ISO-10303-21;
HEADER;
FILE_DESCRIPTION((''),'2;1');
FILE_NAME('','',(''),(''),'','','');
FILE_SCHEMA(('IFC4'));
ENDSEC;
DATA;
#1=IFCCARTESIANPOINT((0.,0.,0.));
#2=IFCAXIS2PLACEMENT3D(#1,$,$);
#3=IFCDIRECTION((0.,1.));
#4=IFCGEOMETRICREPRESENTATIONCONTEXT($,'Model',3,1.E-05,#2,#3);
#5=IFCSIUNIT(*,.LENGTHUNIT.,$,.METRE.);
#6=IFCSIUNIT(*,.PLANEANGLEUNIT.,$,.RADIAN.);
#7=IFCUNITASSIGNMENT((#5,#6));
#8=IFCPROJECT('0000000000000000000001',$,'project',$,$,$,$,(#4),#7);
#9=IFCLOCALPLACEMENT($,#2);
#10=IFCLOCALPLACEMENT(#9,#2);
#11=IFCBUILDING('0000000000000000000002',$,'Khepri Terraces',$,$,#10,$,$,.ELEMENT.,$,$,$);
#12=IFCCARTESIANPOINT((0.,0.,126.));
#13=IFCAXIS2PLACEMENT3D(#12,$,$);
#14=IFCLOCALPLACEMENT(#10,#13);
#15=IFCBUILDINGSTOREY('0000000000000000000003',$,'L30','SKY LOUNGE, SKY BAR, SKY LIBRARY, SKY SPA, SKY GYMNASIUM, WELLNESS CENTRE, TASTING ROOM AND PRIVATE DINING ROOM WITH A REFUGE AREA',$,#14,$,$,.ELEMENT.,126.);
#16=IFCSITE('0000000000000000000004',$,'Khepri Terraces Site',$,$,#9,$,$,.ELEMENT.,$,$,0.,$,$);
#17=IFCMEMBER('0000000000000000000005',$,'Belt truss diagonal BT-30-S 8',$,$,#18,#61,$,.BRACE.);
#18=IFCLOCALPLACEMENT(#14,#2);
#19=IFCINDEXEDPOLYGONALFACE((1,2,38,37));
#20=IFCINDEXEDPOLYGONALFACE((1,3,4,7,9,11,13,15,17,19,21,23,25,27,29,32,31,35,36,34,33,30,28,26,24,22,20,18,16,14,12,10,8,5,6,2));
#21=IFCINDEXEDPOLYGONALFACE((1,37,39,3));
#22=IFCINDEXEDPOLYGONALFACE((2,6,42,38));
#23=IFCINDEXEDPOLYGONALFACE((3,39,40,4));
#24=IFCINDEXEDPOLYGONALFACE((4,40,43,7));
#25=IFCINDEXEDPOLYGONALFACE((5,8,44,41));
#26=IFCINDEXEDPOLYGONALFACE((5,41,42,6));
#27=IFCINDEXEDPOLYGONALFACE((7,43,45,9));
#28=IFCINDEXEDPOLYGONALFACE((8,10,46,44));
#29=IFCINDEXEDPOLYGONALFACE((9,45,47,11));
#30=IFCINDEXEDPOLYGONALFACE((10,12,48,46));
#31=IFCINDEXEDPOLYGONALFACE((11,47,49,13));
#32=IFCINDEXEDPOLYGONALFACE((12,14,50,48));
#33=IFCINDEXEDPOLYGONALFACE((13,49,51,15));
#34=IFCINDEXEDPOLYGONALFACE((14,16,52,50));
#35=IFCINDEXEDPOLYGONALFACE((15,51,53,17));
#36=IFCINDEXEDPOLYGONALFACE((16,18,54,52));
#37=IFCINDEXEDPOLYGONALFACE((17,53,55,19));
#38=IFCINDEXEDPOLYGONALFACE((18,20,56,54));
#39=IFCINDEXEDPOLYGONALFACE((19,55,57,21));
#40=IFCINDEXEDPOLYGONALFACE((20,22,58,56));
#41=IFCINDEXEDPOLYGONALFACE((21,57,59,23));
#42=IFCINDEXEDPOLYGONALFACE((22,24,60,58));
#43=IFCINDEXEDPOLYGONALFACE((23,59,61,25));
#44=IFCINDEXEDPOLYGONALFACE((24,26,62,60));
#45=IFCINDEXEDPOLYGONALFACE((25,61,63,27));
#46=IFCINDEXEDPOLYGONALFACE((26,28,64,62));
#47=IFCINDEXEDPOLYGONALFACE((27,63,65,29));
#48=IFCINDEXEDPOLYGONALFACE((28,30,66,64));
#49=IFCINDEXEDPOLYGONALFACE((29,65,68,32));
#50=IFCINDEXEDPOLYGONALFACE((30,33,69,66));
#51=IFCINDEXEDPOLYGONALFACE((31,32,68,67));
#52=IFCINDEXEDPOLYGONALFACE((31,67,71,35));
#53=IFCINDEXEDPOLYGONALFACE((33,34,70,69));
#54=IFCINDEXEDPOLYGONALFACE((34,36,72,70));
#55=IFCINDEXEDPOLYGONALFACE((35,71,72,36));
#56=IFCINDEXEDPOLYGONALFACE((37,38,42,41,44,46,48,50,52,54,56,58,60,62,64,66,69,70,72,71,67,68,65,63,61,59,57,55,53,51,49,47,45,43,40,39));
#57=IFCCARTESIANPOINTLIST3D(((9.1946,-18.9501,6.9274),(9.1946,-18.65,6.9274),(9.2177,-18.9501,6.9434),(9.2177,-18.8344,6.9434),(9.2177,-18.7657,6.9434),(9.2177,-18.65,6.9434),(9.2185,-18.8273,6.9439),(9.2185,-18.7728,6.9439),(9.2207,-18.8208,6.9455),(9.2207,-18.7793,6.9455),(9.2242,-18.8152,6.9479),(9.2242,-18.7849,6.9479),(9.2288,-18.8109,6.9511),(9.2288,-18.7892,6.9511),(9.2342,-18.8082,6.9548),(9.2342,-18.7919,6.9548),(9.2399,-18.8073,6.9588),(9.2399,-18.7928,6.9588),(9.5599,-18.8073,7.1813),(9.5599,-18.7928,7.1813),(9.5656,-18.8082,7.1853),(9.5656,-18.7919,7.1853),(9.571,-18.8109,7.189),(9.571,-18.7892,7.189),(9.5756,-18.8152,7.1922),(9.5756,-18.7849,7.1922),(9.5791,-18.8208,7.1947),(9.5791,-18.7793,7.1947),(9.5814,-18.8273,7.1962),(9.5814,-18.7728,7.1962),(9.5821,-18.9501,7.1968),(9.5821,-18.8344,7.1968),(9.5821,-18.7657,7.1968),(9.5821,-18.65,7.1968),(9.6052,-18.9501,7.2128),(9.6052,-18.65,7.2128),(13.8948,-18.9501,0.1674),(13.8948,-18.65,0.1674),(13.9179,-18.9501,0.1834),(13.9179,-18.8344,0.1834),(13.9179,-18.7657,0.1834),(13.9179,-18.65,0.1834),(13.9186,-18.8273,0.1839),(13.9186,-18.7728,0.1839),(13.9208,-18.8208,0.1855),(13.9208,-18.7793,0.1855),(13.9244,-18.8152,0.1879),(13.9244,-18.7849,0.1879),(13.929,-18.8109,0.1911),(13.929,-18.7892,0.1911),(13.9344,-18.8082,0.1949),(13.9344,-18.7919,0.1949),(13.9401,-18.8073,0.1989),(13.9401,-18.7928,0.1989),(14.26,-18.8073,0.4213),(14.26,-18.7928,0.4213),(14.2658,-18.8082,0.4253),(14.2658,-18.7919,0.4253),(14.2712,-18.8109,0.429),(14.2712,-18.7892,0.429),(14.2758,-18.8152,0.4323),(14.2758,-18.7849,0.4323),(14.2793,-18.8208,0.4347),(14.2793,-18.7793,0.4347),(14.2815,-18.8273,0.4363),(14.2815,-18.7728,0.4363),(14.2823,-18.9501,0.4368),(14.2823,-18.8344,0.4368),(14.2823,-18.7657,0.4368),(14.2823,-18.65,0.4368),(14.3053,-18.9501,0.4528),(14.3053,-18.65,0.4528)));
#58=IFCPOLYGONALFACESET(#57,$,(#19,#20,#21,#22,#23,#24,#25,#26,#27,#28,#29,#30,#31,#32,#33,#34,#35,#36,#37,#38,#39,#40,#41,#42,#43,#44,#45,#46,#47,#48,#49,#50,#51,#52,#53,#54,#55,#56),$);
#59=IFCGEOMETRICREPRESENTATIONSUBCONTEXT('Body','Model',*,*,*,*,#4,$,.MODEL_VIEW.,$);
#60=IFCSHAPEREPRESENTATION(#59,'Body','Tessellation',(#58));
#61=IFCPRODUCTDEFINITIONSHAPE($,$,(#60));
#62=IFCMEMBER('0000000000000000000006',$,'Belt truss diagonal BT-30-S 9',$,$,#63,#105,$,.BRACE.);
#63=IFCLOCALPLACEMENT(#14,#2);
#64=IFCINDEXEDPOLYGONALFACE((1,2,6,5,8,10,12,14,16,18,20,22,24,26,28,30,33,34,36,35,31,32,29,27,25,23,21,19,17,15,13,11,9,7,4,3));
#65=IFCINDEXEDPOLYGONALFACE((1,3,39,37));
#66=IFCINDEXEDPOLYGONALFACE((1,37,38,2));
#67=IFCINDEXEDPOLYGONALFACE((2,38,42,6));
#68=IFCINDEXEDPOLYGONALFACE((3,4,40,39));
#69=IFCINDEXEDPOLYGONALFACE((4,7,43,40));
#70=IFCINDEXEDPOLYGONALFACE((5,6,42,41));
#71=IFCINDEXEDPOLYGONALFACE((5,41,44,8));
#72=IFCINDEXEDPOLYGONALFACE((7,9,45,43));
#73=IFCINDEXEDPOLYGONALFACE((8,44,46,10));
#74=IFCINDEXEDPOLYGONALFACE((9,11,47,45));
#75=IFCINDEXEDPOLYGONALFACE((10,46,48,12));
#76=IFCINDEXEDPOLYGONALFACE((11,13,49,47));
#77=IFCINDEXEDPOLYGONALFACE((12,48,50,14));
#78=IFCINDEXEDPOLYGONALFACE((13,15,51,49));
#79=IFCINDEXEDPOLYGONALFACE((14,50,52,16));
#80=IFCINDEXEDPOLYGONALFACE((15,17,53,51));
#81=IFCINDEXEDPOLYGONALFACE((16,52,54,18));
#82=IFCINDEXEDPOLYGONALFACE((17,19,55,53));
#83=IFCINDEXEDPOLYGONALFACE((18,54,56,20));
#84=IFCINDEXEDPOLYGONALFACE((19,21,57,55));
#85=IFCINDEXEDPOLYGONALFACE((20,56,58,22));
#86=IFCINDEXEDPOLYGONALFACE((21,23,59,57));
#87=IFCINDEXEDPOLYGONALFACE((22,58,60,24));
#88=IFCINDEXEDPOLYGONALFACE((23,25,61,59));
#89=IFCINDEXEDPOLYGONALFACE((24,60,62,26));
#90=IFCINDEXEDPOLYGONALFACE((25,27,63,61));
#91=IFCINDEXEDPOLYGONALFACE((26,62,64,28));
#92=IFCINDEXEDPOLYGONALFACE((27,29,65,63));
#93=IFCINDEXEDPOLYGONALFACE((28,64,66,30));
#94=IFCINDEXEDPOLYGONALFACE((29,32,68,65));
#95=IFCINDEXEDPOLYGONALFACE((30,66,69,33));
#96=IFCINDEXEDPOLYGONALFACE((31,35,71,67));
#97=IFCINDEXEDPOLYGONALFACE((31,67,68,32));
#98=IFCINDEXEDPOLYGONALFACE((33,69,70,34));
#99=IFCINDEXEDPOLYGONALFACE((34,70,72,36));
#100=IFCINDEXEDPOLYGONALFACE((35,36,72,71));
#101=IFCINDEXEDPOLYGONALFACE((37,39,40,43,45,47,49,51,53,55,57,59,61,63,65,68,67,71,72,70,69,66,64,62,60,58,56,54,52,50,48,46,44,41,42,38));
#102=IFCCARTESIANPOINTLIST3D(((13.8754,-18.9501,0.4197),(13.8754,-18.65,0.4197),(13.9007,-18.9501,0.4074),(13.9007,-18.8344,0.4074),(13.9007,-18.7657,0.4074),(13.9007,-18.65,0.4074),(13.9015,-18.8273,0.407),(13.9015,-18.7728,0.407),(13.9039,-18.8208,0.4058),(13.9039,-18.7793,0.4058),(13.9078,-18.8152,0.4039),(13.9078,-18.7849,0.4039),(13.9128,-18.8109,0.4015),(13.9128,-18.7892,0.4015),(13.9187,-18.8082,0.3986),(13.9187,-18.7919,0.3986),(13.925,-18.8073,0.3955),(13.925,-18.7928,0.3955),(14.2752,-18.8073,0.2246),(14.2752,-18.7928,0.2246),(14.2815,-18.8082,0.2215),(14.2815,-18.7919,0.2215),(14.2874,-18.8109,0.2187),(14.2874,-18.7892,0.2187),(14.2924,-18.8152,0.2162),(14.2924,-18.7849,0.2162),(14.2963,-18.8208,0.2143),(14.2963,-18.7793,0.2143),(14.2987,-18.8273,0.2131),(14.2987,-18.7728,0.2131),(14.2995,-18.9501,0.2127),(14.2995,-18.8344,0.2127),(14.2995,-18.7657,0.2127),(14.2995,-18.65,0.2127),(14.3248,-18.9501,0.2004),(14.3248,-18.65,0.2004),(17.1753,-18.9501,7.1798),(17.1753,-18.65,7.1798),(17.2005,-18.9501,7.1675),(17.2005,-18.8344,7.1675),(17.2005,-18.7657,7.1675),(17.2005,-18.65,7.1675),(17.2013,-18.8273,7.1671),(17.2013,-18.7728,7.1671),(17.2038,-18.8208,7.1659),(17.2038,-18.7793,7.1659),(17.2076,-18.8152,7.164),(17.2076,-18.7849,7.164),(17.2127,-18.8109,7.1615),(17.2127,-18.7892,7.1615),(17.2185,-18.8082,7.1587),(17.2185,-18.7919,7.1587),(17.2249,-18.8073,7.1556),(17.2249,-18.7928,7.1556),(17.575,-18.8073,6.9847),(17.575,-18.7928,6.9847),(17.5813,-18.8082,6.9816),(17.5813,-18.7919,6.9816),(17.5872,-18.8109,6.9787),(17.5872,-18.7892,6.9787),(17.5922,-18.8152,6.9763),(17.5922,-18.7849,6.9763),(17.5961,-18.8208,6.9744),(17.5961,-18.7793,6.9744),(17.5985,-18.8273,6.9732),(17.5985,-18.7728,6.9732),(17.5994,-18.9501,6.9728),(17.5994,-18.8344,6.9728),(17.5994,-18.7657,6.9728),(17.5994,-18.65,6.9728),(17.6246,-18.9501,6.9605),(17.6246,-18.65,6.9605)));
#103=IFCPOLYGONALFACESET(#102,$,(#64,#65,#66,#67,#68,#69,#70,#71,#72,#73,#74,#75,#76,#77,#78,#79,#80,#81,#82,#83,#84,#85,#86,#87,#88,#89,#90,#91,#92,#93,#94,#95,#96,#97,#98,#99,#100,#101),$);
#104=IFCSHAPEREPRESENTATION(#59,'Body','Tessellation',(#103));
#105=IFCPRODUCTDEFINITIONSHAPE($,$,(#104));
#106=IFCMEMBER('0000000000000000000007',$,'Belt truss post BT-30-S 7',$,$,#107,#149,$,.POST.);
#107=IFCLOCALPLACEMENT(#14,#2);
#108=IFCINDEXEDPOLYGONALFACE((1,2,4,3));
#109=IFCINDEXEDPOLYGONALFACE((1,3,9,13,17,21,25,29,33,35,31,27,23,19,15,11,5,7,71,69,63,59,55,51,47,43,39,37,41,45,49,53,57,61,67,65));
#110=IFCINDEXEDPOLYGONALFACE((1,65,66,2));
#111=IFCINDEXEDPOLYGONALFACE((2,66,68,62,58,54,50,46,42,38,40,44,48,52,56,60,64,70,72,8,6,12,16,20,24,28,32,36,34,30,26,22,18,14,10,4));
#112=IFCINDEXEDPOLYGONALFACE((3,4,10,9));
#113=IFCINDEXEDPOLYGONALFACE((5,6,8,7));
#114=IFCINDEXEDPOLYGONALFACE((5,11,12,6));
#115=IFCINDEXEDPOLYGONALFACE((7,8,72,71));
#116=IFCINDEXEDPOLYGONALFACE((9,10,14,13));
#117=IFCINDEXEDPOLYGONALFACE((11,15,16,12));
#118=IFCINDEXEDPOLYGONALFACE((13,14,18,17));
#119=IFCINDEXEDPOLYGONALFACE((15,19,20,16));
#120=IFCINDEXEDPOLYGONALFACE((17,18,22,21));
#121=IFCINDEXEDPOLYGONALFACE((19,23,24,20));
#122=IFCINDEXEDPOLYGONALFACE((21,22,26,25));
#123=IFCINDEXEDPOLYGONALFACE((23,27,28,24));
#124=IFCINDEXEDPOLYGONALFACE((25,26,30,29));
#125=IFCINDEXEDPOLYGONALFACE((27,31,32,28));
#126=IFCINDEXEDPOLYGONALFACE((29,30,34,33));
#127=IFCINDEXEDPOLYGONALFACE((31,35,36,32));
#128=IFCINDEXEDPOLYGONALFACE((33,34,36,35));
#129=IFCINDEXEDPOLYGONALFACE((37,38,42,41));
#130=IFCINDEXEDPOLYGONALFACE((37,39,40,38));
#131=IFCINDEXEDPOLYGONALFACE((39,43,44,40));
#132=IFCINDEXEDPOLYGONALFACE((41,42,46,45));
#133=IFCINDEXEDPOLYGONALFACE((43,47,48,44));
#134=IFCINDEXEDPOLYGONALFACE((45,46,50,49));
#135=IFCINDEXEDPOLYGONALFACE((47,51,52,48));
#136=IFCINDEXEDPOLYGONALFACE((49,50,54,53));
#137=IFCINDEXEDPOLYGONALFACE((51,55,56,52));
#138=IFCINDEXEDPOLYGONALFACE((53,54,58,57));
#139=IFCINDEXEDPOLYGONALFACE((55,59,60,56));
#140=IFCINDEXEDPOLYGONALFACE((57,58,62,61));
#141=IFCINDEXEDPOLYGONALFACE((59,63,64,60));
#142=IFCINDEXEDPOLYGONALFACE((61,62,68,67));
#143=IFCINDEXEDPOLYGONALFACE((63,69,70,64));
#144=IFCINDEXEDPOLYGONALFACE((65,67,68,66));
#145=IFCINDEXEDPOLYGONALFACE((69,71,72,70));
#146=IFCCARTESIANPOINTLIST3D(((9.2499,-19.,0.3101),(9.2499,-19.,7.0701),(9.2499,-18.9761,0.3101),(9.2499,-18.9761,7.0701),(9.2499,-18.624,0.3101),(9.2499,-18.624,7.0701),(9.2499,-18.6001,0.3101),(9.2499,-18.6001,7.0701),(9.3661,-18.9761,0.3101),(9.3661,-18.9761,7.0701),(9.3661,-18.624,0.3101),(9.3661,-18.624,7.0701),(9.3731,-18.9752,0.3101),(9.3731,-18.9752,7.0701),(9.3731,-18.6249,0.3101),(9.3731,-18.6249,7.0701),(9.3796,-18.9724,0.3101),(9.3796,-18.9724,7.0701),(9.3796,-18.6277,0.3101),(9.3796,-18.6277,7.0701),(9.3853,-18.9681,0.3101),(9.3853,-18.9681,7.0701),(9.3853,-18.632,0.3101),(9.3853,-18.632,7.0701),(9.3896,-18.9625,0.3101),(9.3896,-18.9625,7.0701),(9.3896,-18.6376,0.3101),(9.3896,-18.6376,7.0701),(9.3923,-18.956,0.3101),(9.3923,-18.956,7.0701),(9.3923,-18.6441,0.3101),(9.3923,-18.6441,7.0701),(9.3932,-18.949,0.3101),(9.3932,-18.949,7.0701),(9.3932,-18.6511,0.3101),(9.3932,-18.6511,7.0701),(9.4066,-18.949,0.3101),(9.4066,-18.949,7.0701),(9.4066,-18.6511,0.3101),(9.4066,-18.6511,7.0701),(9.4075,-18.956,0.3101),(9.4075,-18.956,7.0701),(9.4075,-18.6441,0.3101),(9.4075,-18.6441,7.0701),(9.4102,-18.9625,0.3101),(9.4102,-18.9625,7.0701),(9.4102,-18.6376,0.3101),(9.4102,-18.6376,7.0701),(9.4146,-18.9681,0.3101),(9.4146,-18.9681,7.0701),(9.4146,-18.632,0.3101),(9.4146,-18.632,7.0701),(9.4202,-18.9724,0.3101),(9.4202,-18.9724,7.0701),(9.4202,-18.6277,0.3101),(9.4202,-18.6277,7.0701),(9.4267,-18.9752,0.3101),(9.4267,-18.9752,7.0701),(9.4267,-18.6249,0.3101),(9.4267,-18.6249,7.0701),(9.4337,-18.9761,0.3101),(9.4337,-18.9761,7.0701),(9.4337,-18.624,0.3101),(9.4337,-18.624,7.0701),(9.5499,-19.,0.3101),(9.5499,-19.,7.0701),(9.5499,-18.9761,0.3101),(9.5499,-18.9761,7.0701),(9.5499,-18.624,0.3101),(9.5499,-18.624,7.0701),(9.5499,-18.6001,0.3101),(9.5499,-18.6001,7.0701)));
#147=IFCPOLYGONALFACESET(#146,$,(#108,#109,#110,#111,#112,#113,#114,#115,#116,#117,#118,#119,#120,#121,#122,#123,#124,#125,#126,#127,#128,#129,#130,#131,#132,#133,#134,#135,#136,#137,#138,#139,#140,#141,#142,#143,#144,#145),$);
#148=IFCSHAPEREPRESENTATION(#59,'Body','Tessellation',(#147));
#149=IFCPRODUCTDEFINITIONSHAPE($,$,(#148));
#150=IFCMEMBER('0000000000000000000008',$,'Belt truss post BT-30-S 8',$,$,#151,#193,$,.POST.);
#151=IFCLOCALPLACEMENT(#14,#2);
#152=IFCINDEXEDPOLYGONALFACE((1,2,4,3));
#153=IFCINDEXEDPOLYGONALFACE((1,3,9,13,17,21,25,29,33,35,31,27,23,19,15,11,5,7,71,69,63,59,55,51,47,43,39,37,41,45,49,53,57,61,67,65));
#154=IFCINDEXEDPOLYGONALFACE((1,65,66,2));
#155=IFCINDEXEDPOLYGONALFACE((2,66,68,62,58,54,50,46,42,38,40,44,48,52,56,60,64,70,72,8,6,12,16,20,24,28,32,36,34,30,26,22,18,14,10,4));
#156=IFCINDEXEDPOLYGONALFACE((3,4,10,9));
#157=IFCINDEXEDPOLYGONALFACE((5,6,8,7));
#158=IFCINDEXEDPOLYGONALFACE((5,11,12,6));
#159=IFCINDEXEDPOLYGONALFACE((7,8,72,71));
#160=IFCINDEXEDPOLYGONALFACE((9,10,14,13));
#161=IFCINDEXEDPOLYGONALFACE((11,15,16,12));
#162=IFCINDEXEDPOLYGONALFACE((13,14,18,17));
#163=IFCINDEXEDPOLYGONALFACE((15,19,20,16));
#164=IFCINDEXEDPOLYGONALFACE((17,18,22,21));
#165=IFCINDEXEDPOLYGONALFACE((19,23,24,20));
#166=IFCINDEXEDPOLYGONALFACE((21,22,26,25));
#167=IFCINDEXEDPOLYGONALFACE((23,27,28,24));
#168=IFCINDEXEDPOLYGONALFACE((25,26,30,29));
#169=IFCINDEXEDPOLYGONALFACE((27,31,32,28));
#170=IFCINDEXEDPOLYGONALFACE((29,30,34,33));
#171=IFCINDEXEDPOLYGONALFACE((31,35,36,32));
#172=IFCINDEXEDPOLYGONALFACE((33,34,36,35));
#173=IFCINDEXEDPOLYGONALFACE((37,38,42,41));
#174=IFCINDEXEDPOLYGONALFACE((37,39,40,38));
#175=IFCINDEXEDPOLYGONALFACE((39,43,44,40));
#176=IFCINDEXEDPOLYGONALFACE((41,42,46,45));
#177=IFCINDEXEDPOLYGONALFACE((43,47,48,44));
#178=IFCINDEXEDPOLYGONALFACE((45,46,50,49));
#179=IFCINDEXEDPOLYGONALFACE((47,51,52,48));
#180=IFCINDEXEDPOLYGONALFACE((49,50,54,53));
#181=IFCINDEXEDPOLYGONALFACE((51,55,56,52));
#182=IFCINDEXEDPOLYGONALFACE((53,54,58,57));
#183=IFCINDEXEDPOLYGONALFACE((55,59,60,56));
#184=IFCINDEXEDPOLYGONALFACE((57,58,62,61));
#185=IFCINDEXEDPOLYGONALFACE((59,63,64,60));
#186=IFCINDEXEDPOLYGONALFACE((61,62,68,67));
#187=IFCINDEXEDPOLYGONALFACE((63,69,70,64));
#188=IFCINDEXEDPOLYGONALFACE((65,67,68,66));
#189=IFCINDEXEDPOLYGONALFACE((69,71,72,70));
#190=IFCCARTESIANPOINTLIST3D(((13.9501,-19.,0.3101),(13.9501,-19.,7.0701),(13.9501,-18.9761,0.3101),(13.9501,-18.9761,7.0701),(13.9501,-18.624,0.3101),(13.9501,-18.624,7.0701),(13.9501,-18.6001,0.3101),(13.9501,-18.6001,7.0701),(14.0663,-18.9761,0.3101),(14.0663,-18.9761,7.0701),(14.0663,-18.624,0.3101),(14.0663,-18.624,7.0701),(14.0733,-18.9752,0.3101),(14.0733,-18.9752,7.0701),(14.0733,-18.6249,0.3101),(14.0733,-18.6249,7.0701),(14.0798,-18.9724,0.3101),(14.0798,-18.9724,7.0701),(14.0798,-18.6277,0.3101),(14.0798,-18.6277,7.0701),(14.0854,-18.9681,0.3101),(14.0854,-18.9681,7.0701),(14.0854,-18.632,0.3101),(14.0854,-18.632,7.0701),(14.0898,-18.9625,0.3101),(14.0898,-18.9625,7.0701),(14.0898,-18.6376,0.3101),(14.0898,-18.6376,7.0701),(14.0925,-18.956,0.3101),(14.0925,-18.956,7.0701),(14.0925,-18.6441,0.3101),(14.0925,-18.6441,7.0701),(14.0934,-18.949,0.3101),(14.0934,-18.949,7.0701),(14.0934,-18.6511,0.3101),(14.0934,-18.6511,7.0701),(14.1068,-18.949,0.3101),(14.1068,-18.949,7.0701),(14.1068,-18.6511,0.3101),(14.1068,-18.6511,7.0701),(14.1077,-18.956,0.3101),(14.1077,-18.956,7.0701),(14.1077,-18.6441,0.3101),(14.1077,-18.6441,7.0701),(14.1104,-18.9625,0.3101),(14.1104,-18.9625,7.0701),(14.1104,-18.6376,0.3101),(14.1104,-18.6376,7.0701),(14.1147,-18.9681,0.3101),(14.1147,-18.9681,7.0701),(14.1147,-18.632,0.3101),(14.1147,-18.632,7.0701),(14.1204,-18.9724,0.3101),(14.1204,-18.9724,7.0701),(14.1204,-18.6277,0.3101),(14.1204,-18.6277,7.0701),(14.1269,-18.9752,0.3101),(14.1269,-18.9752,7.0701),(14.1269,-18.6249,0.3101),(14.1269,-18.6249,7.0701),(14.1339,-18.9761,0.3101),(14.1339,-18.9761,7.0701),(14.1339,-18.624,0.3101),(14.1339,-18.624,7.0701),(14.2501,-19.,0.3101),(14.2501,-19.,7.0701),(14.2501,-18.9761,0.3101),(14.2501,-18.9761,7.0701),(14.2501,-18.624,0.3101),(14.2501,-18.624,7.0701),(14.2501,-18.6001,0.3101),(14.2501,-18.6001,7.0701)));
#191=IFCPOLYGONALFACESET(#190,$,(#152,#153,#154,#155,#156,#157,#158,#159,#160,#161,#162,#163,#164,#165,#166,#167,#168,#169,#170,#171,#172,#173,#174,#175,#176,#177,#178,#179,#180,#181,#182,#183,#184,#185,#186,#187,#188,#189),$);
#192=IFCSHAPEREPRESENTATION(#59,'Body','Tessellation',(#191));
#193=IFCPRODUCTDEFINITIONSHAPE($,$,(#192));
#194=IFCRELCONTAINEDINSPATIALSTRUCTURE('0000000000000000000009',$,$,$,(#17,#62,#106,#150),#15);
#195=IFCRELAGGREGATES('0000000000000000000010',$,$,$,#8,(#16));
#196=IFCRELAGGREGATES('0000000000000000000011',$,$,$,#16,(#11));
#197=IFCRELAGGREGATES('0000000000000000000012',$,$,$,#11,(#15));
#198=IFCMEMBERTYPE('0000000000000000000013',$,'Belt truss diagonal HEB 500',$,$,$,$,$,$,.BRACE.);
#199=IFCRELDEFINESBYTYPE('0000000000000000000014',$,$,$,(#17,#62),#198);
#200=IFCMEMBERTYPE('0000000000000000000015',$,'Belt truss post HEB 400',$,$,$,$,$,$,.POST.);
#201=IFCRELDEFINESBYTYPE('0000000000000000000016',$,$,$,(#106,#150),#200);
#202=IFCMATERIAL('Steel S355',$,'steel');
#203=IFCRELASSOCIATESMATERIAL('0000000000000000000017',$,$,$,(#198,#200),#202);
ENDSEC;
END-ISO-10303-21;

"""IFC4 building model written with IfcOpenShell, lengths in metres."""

from ifc_helpers import new_model, si_unit, direction, frame, origin, origin_2d, place, context, subcontext, project, spatial, i_section, extrude, material, material_profile, profile_set, type_object, element, save


model = new_model("IFC4")

# Units and contexts
model_context = context("Model", 3, precision=1e-05, world=origin(), true_north=direction((0.0, 1.0)))
body_context = subcontext(model_context, "Body", "Model", "MODEL_VIEW")
ifc_project = project(units=[si_unit("LENGTHUNIT", "METRE"), si_unit("PLANEANGLEUNIT", "RADIAN")], contexts=[model_context])

# Site, building, storey
site_placement = place(None, origin())
site = spatial("IfcSite", under=ifc_project, at=site_placement, Name="Khepri Terraces Site", CompositionType="ELEMENT", RefElevation=0.0)
building_placement = place(site_placement, origin())
building = spatial("IfcBuilding", under=site, at=building_placement, Name="Khepri Terraces", CompositionType="ELEMENT")
storey_placement = place(building_placement, frame((0.0, 0.0, 126.0)))
storey = spatial("IfcBuildingStorey", under=building, at=storey_placement, Name="L30", Description="SKY LOUNGE, SKY BAR, SKY LIBRARY, SKY SPA, SKY GYMNASIUM, WELLNESS CENTRE, TASTING ROOM AND PRIVATE DINING ROOM WITH A REFUGE AREA", CompositionType="ELEMENT", Elevation=126.0)

# Members
ifc_material_1 = material(Name="Steel S355", Category="steel")
ifc_material_profile_1 = material_profile(ifc_material_1, i_section(OverallWidth=0.3, OverallDepth=0.5, WebThickness=0.0144, FlangeThickness=0.0281, FilletRadius=0.0271, at=origin_2d()), Name="Steel S355", Category="steel")
ifc_profile_set_1 = profile_set([ifc_material_profile_1], Name="Steel S355")
member_type_1 = type_object("IfcMemberType", Name="Belt truss diagonal HEB 500", PredefinedType="BRACE", material=ifc_profile_set_1)
member_1_placement = place(storey_placement, frame((9.3999, -18.8, 7.0701), z_axis=(0.570866, 0.0, -0.821043), x_axis=(0.0, 1.0, 0.0)))
element("IfcMember", 1, at=member_1_placement, inside=storey, type_object=member_type_1, Name="Belt truss diagonal BT-30-S 8", PredefinedType="BRACE", context=body_context, shape_type="SweptSolid", body=[
    extrude(i_section(OverallWidth=0.3, OverallDepth=0.5, WebThickness=0.0144, FlangeThickness=0.0281, FilletRadius=0.0271, at=origin_2d()), origin(), (0.0, 0.0, 1.0), 8.2334),
])
member_2_placement = place(storey_placement, frame((14.1001, -18.8, 0.3101), z_axis=(0.438664, 0.0, 0.898651), x_axis=(0.0, 1.0, 0.0)))
element("IfcMember", 2, at=member_2_placement, inside=storey, type_object=member_type_1, Name="Belt truss diagonal BT-30-S 9", PredefinedType="BRACE", context=body_context, shape_type="SweptSolid", body=[
    extrude(i_section(OverallWidth=0.3, OverallDepth=0.5, WebThickness=0.0144, FlangeThickness=0.0281, FilletRadius=0.0271, at=origin_2d()), origin(), (0.0, 0.0, 1.0), 7.5225),
])
ifc_material_profile_2 = material_profile(ifc_material_1, i_section(OverallWidth=0.3, OverallDepth=0.3999, WebThickness=0.0134, FlangeThickness=0.0239, FilletRadius=0.0271, at=origin_2d()), Name="Steel S355", Category="steel")
ifc_profile_set_2 = profile_set([ifc_material_profile_2], Name="Steel S355")
member_type_2 = type_object("IfcMemberType", Name="Belt truss post HEB 400", PredefinedType="POST", material=ifc_profile_set_2)
for number, where, z_axis, x_axis, name in (
    (3, (9.3999, -18.8, 0.3101), (0.0, 0.0, 1.0), (1.0, 0.0, 0.0), "Belt truss post BT-30-S 7"),
    (4, (14.1001, -18.8, 0.3101), (0.0, 0.0, 1.0), (1.0, 0.0, 0.0), "Belt truss post BT-30-S 8"),
):
    element("IfcMember", number, at=place(storey_placement, frame(where, z_axis=z_axis, x_axis=x_axis)), inside=storey, type_object=member_type_2, Name=name, PredefinedType="POST", context=body_context, shape_type="SweptSolid", body=[
        extrude(i_section(OverallWidth=0.3, OverallDepth=0.3999, WebThickness=0.0134, FlangeThickness=0.0239, FilletRadius=0.0271, at=origin_2d()), origin(), (0.0, 0.0, 1.0), 6.76),
    ])

save(model, "model.ifc")
